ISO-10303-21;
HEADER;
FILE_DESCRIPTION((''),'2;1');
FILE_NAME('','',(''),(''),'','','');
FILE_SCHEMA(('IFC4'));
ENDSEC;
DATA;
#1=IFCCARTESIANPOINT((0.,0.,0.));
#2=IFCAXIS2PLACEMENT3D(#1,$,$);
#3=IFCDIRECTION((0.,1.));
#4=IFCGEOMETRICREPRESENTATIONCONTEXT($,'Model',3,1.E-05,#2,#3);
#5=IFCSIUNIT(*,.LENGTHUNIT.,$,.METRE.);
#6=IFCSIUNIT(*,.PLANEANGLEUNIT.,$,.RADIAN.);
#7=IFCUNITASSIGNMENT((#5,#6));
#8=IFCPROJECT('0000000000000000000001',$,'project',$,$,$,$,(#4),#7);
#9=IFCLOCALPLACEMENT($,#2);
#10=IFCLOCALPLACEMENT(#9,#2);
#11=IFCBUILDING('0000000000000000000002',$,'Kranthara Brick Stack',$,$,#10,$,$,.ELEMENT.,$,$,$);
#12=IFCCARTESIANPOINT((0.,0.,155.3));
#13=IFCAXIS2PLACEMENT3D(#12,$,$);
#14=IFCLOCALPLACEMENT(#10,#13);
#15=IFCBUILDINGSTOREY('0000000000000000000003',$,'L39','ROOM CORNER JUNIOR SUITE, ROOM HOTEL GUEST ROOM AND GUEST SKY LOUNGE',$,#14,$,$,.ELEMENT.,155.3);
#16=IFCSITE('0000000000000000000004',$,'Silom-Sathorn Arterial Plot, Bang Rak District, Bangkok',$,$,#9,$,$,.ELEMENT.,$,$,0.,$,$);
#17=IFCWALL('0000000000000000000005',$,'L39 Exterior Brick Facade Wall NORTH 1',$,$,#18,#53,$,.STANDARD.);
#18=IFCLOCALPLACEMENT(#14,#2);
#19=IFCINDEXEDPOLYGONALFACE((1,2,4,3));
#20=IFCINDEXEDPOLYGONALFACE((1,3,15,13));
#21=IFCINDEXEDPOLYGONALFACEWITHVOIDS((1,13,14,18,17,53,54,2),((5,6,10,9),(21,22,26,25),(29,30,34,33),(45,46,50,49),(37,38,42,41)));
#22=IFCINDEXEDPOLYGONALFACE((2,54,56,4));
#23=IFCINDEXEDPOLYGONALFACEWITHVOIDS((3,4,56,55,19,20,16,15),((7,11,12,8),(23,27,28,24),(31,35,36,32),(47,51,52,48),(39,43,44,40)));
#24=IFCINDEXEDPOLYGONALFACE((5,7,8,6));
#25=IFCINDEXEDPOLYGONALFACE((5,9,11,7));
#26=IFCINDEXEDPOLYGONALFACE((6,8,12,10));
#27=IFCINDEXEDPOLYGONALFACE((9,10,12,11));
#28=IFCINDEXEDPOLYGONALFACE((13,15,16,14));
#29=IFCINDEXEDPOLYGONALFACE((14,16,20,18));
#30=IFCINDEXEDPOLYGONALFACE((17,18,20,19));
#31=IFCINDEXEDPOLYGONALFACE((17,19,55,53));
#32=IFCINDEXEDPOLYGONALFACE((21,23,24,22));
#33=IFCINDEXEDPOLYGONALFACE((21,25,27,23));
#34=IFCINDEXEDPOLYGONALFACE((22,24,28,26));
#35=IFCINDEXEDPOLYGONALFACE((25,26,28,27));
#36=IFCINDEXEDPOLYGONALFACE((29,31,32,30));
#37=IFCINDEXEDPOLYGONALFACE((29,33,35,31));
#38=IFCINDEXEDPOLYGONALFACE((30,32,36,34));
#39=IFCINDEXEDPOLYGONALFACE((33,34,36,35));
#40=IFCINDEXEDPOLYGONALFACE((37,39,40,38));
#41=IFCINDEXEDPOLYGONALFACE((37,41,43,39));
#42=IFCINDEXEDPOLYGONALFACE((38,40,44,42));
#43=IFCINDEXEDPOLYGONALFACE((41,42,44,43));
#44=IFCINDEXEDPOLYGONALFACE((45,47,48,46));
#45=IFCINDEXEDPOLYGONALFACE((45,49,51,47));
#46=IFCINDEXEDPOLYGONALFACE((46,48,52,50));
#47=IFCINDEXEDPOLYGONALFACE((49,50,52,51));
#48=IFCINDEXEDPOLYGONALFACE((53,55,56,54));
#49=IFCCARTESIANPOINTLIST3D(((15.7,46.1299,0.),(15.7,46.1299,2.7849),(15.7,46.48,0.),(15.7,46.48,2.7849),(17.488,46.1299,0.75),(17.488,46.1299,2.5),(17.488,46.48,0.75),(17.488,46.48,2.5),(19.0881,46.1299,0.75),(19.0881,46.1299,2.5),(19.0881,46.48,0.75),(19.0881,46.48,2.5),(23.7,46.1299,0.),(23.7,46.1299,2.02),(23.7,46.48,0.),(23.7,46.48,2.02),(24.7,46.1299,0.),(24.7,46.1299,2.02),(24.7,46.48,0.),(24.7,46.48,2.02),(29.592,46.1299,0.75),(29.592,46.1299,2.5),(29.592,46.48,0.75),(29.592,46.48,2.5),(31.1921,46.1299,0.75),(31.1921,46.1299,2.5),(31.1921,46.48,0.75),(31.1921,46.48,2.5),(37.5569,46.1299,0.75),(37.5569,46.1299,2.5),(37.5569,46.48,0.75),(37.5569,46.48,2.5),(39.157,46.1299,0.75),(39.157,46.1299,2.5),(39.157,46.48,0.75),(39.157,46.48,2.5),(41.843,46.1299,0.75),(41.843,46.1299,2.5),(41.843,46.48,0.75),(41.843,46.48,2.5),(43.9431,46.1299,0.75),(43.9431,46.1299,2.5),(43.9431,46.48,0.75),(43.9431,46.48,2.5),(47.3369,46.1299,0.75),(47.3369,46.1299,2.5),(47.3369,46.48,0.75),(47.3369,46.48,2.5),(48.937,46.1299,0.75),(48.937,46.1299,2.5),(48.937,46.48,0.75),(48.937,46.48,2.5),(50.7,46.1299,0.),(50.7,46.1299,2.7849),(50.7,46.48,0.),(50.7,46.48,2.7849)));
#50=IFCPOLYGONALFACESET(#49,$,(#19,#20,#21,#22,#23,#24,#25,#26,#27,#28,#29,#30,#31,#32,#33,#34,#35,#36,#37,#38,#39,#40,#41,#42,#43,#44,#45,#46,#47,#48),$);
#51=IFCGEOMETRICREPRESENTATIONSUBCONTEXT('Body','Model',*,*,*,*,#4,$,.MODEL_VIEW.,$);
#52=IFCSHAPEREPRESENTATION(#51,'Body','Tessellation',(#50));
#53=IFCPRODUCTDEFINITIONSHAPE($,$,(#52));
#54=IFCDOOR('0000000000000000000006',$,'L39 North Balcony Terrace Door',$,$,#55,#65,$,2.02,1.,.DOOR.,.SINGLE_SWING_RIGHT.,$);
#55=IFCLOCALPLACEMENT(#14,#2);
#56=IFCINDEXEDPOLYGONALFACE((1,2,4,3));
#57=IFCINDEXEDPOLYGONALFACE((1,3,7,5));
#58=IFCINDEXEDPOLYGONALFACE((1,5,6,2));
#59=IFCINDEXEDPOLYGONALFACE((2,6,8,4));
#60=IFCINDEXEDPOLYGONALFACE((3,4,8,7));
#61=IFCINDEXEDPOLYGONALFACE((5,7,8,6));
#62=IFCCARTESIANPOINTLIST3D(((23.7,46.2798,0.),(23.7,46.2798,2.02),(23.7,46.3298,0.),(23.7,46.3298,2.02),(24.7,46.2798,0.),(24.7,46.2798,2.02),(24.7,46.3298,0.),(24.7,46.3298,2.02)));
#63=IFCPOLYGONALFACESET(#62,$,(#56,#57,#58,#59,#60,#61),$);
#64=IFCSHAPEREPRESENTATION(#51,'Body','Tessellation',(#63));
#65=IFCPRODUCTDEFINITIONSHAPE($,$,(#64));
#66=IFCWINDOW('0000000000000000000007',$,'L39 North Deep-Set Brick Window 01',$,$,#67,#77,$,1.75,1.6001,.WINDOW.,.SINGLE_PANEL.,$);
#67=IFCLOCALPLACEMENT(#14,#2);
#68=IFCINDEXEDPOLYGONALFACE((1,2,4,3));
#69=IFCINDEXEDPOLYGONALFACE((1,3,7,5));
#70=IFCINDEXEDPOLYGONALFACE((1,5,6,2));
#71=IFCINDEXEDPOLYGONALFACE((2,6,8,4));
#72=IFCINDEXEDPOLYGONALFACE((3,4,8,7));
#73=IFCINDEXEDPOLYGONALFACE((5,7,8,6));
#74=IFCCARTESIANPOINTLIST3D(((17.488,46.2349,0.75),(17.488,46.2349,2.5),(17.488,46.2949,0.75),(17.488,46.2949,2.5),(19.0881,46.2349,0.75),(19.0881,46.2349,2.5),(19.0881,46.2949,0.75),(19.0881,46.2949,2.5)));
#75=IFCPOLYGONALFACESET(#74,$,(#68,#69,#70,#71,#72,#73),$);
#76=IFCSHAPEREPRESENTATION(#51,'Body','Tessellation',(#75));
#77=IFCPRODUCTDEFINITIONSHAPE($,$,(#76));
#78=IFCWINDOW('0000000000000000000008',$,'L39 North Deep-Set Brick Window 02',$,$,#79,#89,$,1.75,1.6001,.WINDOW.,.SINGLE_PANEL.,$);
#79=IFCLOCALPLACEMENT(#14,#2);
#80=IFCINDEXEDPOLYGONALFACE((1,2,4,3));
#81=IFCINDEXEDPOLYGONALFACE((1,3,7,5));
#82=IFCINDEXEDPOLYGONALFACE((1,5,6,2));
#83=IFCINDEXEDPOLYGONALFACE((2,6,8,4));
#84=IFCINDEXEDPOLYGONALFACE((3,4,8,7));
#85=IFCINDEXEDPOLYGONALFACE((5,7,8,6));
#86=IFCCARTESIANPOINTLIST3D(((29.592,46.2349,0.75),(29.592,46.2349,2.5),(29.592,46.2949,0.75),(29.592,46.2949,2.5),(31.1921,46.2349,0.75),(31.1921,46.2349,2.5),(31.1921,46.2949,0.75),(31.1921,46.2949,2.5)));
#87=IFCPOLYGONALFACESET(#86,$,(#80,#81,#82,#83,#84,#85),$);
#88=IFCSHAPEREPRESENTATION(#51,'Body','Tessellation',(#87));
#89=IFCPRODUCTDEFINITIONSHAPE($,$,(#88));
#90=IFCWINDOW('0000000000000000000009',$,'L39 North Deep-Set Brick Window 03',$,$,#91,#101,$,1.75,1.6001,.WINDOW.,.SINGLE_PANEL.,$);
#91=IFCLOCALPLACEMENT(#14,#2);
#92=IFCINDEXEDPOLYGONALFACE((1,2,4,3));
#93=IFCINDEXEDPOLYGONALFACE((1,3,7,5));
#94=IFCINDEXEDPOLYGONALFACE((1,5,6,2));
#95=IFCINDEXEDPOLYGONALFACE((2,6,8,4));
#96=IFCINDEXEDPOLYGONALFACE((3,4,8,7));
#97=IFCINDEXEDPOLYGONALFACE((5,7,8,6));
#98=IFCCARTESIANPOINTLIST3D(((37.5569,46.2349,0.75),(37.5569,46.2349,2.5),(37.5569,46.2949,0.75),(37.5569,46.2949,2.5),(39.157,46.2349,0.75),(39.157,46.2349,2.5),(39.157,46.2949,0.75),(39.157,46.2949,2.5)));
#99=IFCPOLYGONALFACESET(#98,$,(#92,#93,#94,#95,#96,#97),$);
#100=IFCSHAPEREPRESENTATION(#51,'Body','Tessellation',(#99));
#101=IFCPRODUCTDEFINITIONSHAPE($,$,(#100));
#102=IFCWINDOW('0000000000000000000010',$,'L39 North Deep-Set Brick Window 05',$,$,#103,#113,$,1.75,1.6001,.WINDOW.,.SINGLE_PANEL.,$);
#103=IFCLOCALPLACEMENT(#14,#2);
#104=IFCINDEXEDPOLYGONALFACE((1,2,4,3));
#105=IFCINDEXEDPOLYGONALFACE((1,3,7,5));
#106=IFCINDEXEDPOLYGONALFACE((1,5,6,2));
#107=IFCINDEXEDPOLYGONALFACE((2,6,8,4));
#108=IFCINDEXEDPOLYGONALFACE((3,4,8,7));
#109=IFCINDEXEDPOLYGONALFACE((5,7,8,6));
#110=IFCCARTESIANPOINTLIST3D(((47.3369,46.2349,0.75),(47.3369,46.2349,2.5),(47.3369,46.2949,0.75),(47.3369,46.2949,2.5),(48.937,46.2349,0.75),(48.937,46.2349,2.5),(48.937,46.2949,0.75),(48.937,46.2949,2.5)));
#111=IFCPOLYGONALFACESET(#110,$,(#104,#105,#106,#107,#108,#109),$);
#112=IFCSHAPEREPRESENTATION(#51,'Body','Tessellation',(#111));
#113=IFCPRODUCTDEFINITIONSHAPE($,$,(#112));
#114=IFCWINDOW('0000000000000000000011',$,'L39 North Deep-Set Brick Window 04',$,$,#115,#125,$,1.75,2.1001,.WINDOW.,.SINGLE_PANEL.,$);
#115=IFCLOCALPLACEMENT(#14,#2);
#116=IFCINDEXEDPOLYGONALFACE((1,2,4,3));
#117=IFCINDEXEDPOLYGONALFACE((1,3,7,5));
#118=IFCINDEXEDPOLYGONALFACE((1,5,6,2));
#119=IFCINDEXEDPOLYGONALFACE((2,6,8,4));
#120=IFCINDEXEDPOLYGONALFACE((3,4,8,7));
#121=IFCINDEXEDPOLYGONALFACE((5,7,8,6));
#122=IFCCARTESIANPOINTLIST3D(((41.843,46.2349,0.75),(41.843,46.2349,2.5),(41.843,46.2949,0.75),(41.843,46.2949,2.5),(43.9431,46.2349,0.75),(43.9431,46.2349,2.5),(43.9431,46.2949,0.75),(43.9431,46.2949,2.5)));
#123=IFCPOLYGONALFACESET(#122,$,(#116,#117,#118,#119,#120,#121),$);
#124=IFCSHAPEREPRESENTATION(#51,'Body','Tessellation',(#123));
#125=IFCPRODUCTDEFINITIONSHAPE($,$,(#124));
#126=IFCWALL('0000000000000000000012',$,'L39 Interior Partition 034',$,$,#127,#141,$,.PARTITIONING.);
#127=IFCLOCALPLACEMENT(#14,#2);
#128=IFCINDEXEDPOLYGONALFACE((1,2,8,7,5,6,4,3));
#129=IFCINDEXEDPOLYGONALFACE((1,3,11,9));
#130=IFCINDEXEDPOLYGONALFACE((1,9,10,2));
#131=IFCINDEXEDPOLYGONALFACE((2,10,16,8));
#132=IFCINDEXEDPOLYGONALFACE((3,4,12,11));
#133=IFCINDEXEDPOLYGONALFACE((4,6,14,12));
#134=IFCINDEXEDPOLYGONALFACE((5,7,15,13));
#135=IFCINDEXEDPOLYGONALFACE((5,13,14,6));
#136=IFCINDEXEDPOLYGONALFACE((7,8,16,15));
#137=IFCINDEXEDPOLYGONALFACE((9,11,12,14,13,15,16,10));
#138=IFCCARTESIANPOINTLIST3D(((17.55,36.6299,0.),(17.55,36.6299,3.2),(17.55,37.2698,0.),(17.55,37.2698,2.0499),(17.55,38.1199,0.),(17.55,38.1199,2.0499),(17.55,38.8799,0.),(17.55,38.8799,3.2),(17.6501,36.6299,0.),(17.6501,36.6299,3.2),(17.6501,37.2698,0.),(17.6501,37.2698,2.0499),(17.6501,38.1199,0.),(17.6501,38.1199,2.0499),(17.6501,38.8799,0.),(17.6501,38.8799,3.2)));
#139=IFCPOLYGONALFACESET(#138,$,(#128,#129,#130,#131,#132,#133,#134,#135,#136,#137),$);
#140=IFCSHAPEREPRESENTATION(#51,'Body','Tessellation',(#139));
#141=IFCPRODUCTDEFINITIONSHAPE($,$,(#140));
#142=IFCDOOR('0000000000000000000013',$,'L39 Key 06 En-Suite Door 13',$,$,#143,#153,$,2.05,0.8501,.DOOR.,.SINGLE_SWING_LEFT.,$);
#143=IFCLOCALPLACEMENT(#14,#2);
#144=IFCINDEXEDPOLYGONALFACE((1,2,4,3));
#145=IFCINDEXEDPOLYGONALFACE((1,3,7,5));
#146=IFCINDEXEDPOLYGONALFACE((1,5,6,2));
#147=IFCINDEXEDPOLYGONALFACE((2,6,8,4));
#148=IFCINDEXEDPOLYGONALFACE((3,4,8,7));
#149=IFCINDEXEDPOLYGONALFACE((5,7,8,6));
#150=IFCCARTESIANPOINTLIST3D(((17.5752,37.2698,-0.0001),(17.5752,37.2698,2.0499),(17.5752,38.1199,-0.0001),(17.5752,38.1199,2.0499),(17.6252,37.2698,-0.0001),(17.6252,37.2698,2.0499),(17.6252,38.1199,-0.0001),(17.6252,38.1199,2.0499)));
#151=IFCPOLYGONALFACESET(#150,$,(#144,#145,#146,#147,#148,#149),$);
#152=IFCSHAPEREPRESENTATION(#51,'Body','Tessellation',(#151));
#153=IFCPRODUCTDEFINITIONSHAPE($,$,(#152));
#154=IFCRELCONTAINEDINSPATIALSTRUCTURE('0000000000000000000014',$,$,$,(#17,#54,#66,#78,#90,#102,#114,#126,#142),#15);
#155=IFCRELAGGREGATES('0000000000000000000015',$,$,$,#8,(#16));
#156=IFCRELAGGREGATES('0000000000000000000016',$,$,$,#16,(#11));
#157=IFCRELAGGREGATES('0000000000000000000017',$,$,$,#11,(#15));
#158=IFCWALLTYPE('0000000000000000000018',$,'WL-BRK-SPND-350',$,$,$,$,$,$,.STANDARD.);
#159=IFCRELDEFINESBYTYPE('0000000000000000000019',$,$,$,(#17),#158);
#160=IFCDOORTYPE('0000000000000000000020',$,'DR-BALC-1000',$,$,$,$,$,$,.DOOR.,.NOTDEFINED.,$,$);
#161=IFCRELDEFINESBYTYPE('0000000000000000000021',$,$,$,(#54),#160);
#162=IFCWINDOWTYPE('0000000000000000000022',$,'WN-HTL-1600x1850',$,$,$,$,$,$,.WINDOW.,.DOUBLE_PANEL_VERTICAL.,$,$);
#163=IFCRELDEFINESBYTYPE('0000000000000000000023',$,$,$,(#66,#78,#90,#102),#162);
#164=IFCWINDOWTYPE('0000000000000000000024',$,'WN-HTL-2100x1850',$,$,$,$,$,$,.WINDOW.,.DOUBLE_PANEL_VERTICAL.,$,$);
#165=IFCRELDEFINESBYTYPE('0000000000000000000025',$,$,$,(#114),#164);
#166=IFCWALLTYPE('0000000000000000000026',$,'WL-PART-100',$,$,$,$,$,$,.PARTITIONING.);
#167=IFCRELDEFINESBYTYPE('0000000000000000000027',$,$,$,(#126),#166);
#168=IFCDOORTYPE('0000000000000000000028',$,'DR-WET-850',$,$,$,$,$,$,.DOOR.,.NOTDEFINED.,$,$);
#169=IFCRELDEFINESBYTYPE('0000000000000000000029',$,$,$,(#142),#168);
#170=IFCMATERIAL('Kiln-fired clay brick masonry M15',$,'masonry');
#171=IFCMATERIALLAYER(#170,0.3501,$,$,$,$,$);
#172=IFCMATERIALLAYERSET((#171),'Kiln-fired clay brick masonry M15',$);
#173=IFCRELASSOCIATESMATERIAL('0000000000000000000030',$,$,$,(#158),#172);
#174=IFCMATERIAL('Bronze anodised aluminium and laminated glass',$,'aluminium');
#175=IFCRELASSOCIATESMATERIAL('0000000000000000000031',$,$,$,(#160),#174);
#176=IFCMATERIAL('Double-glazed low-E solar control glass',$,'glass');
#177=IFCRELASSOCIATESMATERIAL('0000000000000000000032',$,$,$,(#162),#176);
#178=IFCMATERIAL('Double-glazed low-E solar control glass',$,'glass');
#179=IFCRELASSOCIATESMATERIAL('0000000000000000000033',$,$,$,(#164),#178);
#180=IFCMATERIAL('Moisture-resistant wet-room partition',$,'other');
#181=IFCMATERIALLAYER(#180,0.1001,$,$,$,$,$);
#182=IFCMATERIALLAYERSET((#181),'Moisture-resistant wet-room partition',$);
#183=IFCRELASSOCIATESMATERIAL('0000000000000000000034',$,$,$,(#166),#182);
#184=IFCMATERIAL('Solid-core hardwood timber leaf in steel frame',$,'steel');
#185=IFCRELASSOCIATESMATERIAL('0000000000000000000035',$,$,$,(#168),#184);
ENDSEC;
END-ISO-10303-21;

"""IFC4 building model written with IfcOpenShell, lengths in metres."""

from ifc_helpers import new_model, si_unit, direction, frame, frame_2d, origin, place, context, subcontext, project, spatial, rectangle, extrude, material, layer, layer_set, type_object, element, fill, save


model = new_model("IFC4")

# Units and contexts
model_context = context("Model", 3, precision=1e-05, world=origin(), true_north=direction((0.0, 1.0)))
body_context = subcontext(model_context, "Body", "Model", "MODEL_VIEW")
ifc_project = project(units=[si_unit("LENGTHUNIT", "METRE"), si_unit("PLANEANGLEUNIT", "RADIAN")], contexts=[model_context])

# Site, building, storey
site_placement = place(None, origin())
site = spatial("IfcSite", under=ifc_project, at=site_placement, Name="Silom-Sathorn Arterial Plot, Bang Rak District, Bangkok", CompositionType="ELEMENT", RefElevation=0.0)
building_placement = place(site_placement, origin())
building = spatial("IfcBuilding", under=site, at=building_placement, Name="Kranthara Brick Stack", CompositionType="ELEMENT")
storey_placement = place(building_placement, frame((0.0, 0.0, 155.3)))
storey = spatial("IfcBuildingStorey", under=building, at=storey_placement, Name="L39", Description="ROOM CORNER JUNIOR SUITE, ROOM HOTEL GUEST ROOM AND GUEST SKY LOUNGE", CompositionType="ELEMENT", Elevation=155.3)

# Shared definitions
ifc_material_1 = material(Name="Kiln-fired clay brick masonry M15", Category="masonry")
ifc_layer_1 = layer(ifc_material_1, 0.3501)
ifc_layer_set_1 = layer_set([ifc_layer_1], Name="Kiln-fired clay brick masonry M15")
wall_type_1 = type_object("IfcWallType", Name="WL-BRK-SPND-350", PredefinedType="STANDARD", material=ifc_layer_set_1)

# Wall, openings, door, windows
wall_1_placement = place(storey_placement, frame((15.7, 46.3049, 0.0), z_axis=(0.0, 0.0, 1.0), x_axis=(1.0, 0.0, 0.0)))
wall_1 = element("IfcWall", 1, at=wall_1_placement, inside=storey, type_object=wall_type_1, Name="L39 Exterior Brick Facade Wall NORTH 1", PredefinedType="STANDARD", context=body_context, shape_type="SweptSolid", body=[
    extrude(rectangle(XDim=35.0, YDim=0.3501, at=frame_2d((17.5, 0.0))), origin(), (0.0, 0.0, 1.0), 2.7849),
])
opening_1_placement = place(wall_1_placement, frame((8.0, 0.0, 0.0)))
opening_1 = element("IfcOpeningElement", 2, at=opening_1_placement, cuts=wall_1, PredefinedType="OPENING", context=body_context, shape_type="SweptSolid", body=[
    extrude(rectangle(XDim=1.0, YDim=2.02, at=frame_2d((0.5, 1.01))), frame((0.0, 0.1851, 0.0), z_axis=(0.0, -1.0, 0.0), x_axis=(1.0, 0.0, 0.0)), (0.0, 0.0, 1.0), 0.3701),
])
opening_2_placement = place(wall_1_placement, frame((1.7881, 0.0, 0.75)))
opening_2 = element("IfcOpeningElement", 3, at=opening_2_placement, cuts=wall_1, PredefinedType="OPENING", context=body_context, shape_type="SweptSolid", body=[
    extrude(rectangle(XDim=1.6001, YDim=1.75, at=frame_2d((0.8, 0.875))), frame((0.0, 0.1851, 0.0), z_axis=(0.0, -1.0, 0.0), x_axis=(1.0, 0.0, 0.0)), (0.0, 0.0, 1.0), 0.3701),
])
opening_3_placement = place(wall_1_placement, frame((13.8921, 0.0, 0.75)))
opening_3 = element("IfcOpeningElement", 4, at=opening_3_placement, cuts=wall_1, PredefinedType="OPENING", context=body_context, shape_type="SweptSolid", body=[
    extrude(rectangle(XDim=1.6001, YDim=1.75, at=frame_2d((0.8, 0.875))), frame((0.0, 0.1851, 0.0), z_axis=(0.0, -1.0, 0.0), x_axis=(1.0, 0.0, 0.0)), (0.0, 0.0, 1.0), 0.3701),
])
opening_4_placement = place(wall_1_placement, frame((21.8569, 0.0, 0.75)))
opening_4 = element("IfcOpeningElement", 5, at=opening_4_placement, cuts=wall_1, PredefinedType="OPENING", context=body_context, shape_type="SweptSolid", body=[
    extrude(rectangle(XDim=1.6001, YDim=1.75, at=frame_2d((0.8, 0.875))), frame((0.0, 0.1851, 0.0), z_axis=(0.0, -1.0, 0.0), x_axis=(1.0, 0.0, 0.0)), (0.0, 0.0, 1.0), 0.3701),
])
opening_5_placement = place(wall_1_placement, frame((26.1431, 0.0, 0.75)))
opening_5 = element("IfcOpeningElement", 6, at=opening_5_placement, cuts=wall_1, PredefinedType="OPENING", context=body_context, shape_type="SweptSolid", body=[
    extrude(rectangle(XDim=2.1001, YDim=1.75, at=frame_2d((1.05, 0.875))), frame((0.0, 0.1851, 0.0), z_axis=(0.0, -1.0, 0.0), x_axis=(1.0, 0.0, 0.0)), (0.0, 0.0, 1.0), 0.3701),
])
opening_6_placement = place(wall_1_placement, frame((31.637, 0.0, 0.75)))
opening_6 = element("IfcOpeningElement", 7, at=opening_6_placement, cuts=wall_1, PredefinedType="OPENING", context=body_context, shape_type="SweptSolid", body=[
    extrude(rectangle(XDim=1.6001, YDim=1.75, at=frame_2d((0.8, 0.875))), frame((0.0, 0.1851, 0.0), z_axis=(0.0, -1.0, 0.0), x_axis=(1.0, 0.0, 0.0)), (0.0, 0.0, 1.0), 0.3701),
])
ifc_material_2 = material(Name="Bronze anodised aluminium and laminated glass", Category="aluminium")
door_type_1 = type_object("IfcDoorType", Name="DR-BALC-1000", OperationType="NOTDEFINED", PredefinedType="DOOR", material=ifc_material_2)
door_1_placement = place(opening_1_placement, origin())
door_1 = element("IfcDoor", 8, at=door_1_placement, inside=storey, type_object=door_type_1, Name="L39 North Balcony Terrace Door", OperationType="SINGLE_SWING_RIGHT", OverallHeight=2.02, OverallWidth=1.0, PredefinedType="DOOR", context=body_context, shape_type="SweptSolid", body=[
    extrude(rectangle(XDim=1.0, YDim=2.02, at=frame_2d((0.5, 1.01))), frame((0.0, 0.0249, 0.0), z_axis=(0.0, -1.0, 0.0), x_axis=(1.0, 0.0, 0.0)), (0.0, 0.0, 1.0), 0.05),
])
fill(opening_1, door_1)
ifc_material_3 = material(Name="Double-glazed low-E solar control glass", Category="glass")
window_type_1 = type_object("IfcWindowType", Name="WN-HTL-1600x1850", PartitioningType="DOUBLE_PANEL_VERTICAL", PredefinedType="WINDOW", material=ifc_material_3)
window_1_placement = place(opening_2_placement, origin())
window_1 = element("IfcWindow", 9, at=window_1_placement, inside=storey, type_object=window_type_1, Name="L39 North Deep-Set Brick Window 01", OverallHeight=1.75, OverallWidth=1.6001, PartitioningType="SINGLE_PANEL", PredefinedType="WINDOW", context=body_context, shape_type="SweptSolid", body=[
    extrude(rectangle(XDim=1.6001, YDim=1.75, at=frame_2d((0.8, 0.875))), frame((0.0, -0.01, 0.0), z_axis=(0.0, -1.0, 0.0), x_axis=(1.0, 0.0, 0.0)), (0.0, 0.0, 1.0), 0.0601),
])
fill(opening_2, window_1)
window_2_placement = place(opening_3_placement, origin())
window_2 = element("IfcWindow", 10, at=window_2_placement, inside=storey, type_object=window_type_1, Name="L39 North Deep-Set Brick Window 02", OverallHeight=1.75, OverallWidth=1.6001, PartitioningType="SINGLE_PANEL", PredefinedType="WINDOW", context=body_context, shape_type="SweptSolid", body=[
    extrude(rectangle(XDim=1.6001, YDim=1.75, at=frame_2d((0.8, 0.875))), frame((0.0, -0.01, 0.0), z_axis=(0.0, -1.0, 0.0), x_axis=(1.0, 0.0, 0.0)), (0.0, 0.0, 1.0), 0.0601),
])
fill(opening_3, window_2)
window_3_placement = place(opening_4_placement, origin())
window_3 = element("IfcWindow", 11, at=window_3_placement, inside=storey, type_object=window_type_1, Name="L39 North Deep-Set Brick Window 03", OverallHeight=1.75, OverallWidth=1.6001, PartitioningType="SINGLE_PANEL", PredefinedType="WINDOW", context=body_context, shape_type="SweptSolid", body=[
    extrude(rectangle(XDim=1.6001, YDim=1.75, at=frame_2d((0.8, 0.875))), frame((0.0, -0.01, 0.0), z_axis=(0.0, -1.0, 0.0), x_axis=(1.0, 0.0, 0.0)), (0.0, 0.0, 1.0), 0.0601),
])
fill(opening_4, window_3)
window_4_placement = place(opening_6_placement, origin())
window_4 = element("IfcWindow", 12, at=window_4_placement, inside=storey, type_object=window_type_1, Name="L39 North Deep-Set Brick Window 05", OverallHeight=1.75, OverallWidth=1.6001, PartitioningType="SINGLE_PANEL", PredefinedType="WINDOW", context=body_context, shape_type="SweptSolid", body=[
    extrude(rectangle(XDim=1.6001, YDim=1.75, at=frame_2d((0.8, 0.875))), frame((0.0, -0.01, 0.0), z_axis=(0.0, -1.0, 0.0), x_axis=(1.0, 0.0, 0.0)), (0.0, 0.0, 1.0), 0.0601),
])
fill(opening_6, window_4)
ifc_material_4 = material(Name="Double-glazed low-E solar control glass", Category="glass")
window_type_2 = type_object("IfcWindowType", Name="WN-HTL-2100x1850", PartitioningType="DOUBLE_PANEL_VERTICAL", PredefinedType="WINDOW", material=ifc_material_4)
window_5_placement = place(opening_5_placement, origin())
window_5 = element("IfcWindow", 13, at=window_5_placement, inside=storey, type_object=window_type_2, Name="L39 North Deep-Set Brick Window 04", OverallHeight=1.75, OverallWidth=2.1001, PartitioningType="SINGLE_PANEL", PredefinedType="WINDOW", context=body_context, shape_type="SweptSolid", body=[
    extrude(rectangle(XDim=2.1001, YDim=1.75, at=frame_2d((1.05, 0.875))), frame((0.0, -0.01, 0.0), z_axis=(0.0, -1.0, 0.0), x_axis=(1.0, 0.0, 0.0)), (0.0, 0.0, 1.0), 0.0601),
])
fill(opening_5, window_5)

# Wall, opening, door
ifc_material_5 = material(Name="Moisture-resistant wet-room partition", Category="other")
ifc_layer_2 = layer(ifc_material_5, 0.1001)
ifc_layer_set_2 = layer_set([ifc_layer_2], Name="Moisture-resistant wet-room partition")
wall_type_2 = type_object("IfcWallType", Name="WL-PART-100", PredefinedType="PARTITIONING", material=ifc_layer_set_2)
wall_2_placement = place(storey_placement, frame((17.6001, 36.6299, 0.0), z_axis=(0.0, 0.0, 1.0), x_axis=(0.0, 1.0, 0.0)))
wall_2 = element("IfcWall", 14, at=wall_2_placement, inside=storey, type_object=wall_type_2, Name="L39 Interior Partition 034", PredefinedType="PARTITIONING", context=body_context, shape_type="SweptSolid", body=[
    extrude(rectangle(XDim=2.25, YDim=0.1001, at=frame_2d((1.125, 0.0))), origin(), (0.0, 0.0, 1.0), 3.2),
])
opening_7_placement = place(wall_2_placement, frame((0.6399, 0.0, 0.0)))
opening_7 = element("IfcOpeningElement", 15, at=opening_7_placement, cuts=wall_2, PredefinedType="OPENING", context=body_context, shape_type="SweptSolid", body=[
    extrude(rectangle(XDim=0.8501, YDim=2.05, at=frame_2d((0.425, 1.0249))), frame((0.0, 0.0601, 0.0), z_axis=(0.0, -1.0, 0.0), x_axis=(1.0, 0.0, 0.0)), (0.0, 0.0, 1.0), 0.1201),
])
ifc_material_6 = material(Name="Solid-core hardwood timber leaf in steel frame", Category="steel")
door_type_2 = type_object("IfcDoorType", Name="DR-WET-850", OperationType="NOTDEFINED", PredefinedType="DOOR", material=ifc_material_6)
door_2_placement = place(opening_7_placement, origin())
door_2 = element("IfcDoor", 16, at=door_2_placement, inside=storey, type_object=door_type_2, Name="L39 Key 06 En-Suite Door 13", OperationType="SINGLE_SWING_LEFT", OverallHeight=2.05, OverallWidth=0.8501, PredefinedType="DOOR", context=body_context, shape_type="SweptSolid", body=[
    extrude(rectangle(XDim=0.8501, YDim=2.05, at=frame_2d((0.425, 1.0249))), frame((0.0, 0.0249, 0.0), z_axis=(0.0, -1.0, 0.0), x_axis=(1.0, 0.0, 0.0)), (0.0, 0.0, 1.0), 0.05),
])
fill(opening_7, door_2)

save(model, "model.ifc")
